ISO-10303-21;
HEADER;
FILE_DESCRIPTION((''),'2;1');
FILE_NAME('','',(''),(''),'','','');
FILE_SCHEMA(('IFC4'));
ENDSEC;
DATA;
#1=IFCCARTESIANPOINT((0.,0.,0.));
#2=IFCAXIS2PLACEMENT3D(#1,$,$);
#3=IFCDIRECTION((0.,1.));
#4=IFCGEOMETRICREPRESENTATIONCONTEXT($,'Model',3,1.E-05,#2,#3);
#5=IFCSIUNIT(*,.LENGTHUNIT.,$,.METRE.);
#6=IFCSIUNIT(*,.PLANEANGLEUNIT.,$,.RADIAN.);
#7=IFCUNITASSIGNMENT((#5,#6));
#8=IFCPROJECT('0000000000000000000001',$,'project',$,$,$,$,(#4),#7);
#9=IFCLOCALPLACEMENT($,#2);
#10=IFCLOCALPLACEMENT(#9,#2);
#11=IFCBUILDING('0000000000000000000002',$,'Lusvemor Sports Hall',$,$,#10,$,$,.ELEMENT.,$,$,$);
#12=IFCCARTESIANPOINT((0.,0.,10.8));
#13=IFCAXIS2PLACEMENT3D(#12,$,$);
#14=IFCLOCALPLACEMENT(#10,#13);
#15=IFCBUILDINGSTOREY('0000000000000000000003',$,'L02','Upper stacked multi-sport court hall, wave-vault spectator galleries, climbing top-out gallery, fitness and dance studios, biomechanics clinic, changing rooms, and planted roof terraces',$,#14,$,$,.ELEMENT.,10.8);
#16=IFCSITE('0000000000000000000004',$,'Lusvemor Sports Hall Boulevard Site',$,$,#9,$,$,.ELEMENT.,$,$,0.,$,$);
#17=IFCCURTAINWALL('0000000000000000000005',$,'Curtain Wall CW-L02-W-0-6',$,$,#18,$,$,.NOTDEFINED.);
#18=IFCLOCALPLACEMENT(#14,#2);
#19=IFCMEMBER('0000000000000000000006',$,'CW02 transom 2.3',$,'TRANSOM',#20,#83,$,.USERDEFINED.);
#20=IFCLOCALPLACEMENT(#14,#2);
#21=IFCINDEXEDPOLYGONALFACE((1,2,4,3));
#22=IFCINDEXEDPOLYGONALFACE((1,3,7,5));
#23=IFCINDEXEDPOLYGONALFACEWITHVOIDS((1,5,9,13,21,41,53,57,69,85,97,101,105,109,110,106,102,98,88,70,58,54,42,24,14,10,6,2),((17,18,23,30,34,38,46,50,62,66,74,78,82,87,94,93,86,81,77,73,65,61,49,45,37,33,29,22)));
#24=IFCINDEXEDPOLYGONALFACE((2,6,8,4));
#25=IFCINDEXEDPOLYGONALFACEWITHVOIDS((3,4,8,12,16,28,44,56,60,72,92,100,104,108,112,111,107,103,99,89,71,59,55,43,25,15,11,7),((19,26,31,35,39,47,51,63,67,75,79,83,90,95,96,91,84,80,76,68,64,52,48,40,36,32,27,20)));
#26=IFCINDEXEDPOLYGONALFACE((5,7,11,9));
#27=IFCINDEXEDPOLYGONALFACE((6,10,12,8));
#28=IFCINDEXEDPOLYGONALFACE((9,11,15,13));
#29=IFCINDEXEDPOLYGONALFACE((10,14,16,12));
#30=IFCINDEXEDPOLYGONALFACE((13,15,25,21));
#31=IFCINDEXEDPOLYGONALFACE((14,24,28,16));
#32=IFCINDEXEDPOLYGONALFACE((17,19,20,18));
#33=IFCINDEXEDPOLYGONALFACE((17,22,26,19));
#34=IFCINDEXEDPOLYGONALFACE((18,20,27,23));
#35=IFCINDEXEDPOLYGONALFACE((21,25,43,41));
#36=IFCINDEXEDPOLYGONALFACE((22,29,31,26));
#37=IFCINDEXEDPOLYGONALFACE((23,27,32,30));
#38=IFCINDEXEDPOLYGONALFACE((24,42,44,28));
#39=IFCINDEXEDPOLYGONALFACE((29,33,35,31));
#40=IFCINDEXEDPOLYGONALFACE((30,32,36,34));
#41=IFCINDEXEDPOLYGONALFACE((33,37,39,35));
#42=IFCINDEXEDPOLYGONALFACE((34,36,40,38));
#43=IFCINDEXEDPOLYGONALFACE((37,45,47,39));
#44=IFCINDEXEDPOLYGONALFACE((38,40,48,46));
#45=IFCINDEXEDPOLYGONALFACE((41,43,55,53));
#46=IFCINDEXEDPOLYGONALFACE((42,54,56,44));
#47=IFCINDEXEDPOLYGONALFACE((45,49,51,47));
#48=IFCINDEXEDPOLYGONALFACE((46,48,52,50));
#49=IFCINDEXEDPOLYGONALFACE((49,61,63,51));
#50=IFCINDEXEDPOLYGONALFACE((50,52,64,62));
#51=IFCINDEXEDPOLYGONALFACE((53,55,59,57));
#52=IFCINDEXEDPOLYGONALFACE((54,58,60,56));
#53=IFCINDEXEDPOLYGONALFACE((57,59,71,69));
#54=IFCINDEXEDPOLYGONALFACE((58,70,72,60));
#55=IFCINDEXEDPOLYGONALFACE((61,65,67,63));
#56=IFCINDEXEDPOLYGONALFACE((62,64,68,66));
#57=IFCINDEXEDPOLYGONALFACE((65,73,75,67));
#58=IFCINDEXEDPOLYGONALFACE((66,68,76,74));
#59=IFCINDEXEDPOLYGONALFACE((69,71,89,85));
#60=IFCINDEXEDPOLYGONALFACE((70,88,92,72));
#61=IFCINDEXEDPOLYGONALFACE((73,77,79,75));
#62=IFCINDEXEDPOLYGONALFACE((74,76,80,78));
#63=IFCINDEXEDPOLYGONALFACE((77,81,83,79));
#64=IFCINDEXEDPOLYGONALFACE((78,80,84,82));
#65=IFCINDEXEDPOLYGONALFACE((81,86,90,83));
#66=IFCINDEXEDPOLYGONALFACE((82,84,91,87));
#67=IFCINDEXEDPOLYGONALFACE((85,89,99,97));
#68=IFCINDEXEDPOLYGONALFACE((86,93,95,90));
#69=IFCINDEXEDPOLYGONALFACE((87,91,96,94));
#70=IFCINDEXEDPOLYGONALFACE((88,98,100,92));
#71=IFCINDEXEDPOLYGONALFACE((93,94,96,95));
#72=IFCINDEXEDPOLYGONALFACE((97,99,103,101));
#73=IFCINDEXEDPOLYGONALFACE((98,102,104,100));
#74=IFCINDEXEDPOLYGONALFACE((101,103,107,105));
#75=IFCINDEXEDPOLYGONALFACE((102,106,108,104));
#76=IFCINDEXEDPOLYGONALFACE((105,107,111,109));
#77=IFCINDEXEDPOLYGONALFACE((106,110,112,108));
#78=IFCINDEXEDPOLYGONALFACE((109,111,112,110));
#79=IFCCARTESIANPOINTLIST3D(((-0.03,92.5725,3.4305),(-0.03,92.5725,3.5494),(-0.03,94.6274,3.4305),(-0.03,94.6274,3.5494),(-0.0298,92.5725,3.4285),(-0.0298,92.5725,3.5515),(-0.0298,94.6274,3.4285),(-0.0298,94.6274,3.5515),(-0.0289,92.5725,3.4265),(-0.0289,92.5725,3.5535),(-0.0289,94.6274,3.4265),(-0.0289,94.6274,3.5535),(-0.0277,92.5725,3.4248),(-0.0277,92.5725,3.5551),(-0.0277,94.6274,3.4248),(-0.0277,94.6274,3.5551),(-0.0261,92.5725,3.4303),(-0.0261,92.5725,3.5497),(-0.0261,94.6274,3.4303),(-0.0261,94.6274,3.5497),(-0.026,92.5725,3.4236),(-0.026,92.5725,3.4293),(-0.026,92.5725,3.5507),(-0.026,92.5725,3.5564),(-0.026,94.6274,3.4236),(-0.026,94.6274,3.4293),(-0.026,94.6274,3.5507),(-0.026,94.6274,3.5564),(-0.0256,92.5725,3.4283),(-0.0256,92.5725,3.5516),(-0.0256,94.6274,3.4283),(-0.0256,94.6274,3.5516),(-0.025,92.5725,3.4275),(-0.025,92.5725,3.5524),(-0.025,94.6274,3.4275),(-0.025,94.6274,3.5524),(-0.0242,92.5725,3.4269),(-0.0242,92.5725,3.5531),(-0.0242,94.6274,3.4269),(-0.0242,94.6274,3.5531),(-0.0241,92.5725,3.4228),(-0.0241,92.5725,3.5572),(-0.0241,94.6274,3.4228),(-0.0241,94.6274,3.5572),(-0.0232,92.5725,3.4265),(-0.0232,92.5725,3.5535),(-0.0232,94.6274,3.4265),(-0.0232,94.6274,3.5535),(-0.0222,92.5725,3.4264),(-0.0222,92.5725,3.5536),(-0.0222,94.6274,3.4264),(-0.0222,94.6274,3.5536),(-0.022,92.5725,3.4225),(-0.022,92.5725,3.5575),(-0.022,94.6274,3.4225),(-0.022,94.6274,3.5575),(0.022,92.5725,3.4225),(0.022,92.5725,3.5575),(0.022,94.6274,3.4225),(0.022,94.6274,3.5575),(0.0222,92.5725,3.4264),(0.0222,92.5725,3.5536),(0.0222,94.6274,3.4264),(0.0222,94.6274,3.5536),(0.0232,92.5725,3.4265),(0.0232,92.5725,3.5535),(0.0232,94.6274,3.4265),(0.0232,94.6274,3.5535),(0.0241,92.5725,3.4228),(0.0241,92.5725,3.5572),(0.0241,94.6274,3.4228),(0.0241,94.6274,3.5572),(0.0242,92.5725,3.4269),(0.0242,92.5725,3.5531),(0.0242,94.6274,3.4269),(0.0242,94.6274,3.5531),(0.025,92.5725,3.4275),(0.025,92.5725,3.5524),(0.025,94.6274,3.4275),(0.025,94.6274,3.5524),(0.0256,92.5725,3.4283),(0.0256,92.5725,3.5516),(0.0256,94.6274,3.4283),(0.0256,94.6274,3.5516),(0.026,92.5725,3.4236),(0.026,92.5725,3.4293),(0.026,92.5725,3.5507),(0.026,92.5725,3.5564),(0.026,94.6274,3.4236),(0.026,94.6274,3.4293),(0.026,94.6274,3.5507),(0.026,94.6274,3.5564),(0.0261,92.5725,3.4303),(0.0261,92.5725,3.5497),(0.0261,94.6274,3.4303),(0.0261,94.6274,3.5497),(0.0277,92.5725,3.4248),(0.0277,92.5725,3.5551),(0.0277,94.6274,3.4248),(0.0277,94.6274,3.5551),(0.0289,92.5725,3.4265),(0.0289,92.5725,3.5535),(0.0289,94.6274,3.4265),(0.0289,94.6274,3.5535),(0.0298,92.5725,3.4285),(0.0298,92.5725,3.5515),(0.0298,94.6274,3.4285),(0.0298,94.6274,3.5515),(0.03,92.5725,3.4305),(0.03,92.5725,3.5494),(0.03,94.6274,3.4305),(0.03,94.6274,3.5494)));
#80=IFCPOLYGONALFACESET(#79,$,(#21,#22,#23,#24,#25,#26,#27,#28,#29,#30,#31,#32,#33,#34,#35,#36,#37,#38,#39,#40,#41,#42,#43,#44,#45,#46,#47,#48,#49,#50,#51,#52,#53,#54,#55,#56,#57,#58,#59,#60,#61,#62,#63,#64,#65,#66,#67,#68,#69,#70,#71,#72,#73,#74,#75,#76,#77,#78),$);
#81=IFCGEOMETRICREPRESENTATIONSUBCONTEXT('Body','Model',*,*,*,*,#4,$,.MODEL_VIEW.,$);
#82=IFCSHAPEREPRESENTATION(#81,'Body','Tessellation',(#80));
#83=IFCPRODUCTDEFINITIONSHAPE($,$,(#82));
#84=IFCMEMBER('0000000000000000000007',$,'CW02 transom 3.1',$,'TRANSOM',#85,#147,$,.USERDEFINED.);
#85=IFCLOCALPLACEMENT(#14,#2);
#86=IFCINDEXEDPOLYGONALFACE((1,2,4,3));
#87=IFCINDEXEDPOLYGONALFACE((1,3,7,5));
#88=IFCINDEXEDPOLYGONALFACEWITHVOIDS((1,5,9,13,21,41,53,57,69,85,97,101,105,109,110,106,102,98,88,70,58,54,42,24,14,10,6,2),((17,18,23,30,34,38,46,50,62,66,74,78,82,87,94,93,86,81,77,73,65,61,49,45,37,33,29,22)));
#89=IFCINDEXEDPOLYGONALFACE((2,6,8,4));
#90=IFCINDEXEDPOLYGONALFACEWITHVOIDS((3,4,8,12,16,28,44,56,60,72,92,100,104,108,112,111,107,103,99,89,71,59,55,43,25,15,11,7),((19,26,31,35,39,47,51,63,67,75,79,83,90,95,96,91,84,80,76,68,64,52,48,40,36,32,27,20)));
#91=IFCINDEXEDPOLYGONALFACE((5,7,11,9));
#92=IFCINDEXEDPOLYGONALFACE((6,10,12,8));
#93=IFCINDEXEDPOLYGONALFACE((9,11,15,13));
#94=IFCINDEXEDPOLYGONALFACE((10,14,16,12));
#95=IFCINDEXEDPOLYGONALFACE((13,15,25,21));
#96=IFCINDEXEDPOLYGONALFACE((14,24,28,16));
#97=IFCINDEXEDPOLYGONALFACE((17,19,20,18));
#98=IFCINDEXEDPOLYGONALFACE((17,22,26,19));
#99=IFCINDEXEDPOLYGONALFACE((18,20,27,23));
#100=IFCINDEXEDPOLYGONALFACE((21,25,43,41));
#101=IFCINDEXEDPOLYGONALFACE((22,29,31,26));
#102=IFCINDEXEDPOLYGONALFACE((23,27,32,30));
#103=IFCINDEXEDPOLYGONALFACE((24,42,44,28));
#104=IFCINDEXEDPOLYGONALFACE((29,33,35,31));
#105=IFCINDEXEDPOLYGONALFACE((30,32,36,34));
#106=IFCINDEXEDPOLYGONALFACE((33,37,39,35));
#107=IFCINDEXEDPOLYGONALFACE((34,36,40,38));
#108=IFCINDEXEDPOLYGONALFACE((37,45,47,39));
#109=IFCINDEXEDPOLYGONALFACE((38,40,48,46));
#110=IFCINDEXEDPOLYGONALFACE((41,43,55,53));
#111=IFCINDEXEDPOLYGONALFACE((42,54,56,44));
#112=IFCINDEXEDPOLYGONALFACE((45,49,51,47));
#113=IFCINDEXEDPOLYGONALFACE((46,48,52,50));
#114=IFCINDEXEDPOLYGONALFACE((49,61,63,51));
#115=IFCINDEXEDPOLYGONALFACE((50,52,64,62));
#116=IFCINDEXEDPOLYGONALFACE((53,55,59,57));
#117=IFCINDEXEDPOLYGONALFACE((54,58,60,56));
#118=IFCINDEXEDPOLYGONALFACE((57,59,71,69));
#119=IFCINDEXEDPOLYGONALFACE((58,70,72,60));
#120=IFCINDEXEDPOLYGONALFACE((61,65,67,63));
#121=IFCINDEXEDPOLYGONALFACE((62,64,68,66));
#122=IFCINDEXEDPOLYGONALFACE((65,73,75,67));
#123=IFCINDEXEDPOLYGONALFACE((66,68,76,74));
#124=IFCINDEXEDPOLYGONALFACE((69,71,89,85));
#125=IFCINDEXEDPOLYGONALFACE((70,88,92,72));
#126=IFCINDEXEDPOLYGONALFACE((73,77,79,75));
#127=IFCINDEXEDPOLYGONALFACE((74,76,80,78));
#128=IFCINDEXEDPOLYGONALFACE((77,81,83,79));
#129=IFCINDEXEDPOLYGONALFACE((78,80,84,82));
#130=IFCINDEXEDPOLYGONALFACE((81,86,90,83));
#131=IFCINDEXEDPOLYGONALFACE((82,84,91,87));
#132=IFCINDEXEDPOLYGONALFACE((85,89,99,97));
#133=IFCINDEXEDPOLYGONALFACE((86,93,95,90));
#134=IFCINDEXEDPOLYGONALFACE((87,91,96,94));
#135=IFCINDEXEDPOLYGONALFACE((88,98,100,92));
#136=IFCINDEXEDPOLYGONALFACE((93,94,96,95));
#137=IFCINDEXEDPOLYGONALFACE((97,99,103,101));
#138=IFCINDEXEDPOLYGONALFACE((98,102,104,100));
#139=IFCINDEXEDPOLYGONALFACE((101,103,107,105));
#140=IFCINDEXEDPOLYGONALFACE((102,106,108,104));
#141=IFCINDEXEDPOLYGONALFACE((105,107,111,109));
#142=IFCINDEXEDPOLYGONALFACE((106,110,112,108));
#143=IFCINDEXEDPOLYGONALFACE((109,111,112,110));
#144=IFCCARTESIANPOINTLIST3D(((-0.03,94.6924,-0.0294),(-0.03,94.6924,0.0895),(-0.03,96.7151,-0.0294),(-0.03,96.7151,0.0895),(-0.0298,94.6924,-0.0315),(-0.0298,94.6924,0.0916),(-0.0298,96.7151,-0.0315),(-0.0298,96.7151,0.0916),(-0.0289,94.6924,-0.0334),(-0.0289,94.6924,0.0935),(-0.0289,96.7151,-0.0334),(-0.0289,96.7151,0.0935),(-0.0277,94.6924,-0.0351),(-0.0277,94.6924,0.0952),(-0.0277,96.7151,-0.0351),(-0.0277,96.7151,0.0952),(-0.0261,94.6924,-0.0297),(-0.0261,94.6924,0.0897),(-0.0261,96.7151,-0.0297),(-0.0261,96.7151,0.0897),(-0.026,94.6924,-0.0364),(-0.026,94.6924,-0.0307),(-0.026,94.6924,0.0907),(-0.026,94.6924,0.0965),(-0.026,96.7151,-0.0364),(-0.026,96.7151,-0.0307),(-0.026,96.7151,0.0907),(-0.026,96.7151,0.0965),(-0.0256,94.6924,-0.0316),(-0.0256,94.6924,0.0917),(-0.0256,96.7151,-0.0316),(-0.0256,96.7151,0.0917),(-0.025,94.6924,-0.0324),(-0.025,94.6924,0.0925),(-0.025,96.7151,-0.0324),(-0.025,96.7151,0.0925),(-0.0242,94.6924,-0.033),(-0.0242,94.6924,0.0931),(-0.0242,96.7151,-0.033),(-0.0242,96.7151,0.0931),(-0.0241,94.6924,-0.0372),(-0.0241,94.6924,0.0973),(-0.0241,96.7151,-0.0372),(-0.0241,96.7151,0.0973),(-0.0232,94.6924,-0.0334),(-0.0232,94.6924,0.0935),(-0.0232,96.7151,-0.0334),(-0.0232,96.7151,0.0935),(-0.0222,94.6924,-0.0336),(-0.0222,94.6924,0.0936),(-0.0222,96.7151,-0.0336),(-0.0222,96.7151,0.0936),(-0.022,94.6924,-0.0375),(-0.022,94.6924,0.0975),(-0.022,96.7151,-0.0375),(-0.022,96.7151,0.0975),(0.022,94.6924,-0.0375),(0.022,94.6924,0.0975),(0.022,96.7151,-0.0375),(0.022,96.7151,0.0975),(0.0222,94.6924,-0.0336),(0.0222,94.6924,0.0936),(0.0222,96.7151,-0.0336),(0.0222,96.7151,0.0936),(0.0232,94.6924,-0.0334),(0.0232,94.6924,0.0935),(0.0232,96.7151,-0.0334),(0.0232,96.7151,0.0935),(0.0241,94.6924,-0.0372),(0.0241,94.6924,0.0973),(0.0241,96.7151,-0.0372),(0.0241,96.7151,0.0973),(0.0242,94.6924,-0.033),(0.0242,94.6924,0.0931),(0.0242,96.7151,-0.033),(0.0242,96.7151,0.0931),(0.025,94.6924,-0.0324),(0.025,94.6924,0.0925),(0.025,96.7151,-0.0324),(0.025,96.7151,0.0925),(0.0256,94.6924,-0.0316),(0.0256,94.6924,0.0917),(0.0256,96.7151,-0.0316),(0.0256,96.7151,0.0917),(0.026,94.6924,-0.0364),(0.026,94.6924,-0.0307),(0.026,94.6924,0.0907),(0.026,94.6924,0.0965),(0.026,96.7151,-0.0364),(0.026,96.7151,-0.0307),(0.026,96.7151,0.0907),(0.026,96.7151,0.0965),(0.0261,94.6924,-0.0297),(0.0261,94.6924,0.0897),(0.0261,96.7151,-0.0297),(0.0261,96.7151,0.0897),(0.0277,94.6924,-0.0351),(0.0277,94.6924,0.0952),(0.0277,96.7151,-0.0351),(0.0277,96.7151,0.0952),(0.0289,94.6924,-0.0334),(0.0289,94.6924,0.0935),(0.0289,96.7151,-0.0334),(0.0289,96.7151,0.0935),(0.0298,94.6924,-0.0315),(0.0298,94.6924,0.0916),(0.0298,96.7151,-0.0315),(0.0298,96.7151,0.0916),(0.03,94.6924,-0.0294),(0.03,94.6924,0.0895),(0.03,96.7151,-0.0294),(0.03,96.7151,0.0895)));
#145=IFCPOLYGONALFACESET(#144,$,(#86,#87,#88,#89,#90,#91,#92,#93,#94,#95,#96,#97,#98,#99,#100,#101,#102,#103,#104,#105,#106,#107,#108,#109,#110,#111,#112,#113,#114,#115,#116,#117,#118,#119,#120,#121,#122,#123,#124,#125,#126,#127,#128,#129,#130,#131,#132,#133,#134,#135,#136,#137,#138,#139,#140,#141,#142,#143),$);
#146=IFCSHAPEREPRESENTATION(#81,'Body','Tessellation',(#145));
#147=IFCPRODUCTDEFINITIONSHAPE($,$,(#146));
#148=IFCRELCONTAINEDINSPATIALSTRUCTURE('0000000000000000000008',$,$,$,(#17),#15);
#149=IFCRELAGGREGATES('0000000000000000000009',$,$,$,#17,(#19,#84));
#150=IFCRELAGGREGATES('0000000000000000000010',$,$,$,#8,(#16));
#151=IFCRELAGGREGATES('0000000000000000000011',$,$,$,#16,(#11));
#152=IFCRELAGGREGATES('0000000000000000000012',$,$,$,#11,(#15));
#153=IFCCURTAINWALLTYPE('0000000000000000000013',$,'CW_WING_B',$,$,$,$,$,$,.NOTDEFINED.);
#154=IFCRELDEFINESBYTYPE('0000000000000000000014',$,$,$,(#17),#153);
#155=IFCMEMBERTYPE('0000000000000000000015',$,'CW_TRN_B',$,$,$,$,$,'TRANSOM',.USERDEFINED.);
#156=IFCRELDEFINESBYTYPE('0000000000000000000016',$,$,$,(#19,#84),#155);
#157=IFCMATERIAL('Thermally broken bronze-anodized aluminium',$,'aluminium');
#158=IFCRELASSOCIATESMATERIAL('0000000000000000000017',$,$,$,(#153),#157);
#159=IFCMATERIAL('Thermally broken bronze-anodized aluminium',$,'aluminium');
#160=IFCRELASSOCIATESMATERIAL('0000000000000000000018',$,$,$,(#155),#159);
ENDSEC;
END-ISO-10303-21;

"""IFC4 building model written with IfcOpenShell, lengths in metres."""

from ifc_helpers import new_model, si_unit, direction, frame, origin, origin_2d, place, context, subcontext, project, spatial, hollow_rectangle, extrude, material, material_profile, profile_set, type_object, element, aggregate, save


model = new_model("IFC4")

# Units and contexts
model_context = context("Model", 3, precision=1e-05, world=origin(), true_north=direction((0.0, 1.0)))
body_context = subcontext(model_context, "Body", "Model", "MODEL_VIEW")
ifc_project = project(units=[si_unit("LENGTHUNIT", "METRE"), si_unit("PLANEANGLEUNIT", "RADIAN")], contexts=[model_context])

# Site, building, storey
site_placement = place(None, origin())
site = spatial("IfcSite", under=ifc_project, at=site_placement, Name="Lusvemor Sports Hall Boulevard Site", CompositionType="ELEMENT", RefElevation=0.0)
building_placement = place(site_placement, origin())
building = spatial("IfcBuilding", under=site, at=building_placement, Name="Lusvemor Sports Hall", CompositionType="ELEMENT")
storey_placement = place(building_placement, frame((0.0, 0.0, 10.8)))
storey = spatial("IfcBuildingStorey", under=building, at=storey_placement, Name="L02", Description="Upper stacked multi-sport court hall, wave-vault spectator galleries, climbing top-out gallery, fitness and dance studios, biomechanics clinic, changing rooms, and planted roof terraces", CompositionType="ELEMENT", Elevation=10.8)

# Curtain wall, members
ifc_material_1 = material(Name="Thermally broken bronze-anodized aluminium", Category="aluminium")
curtain_wall_type = type_object("IfcCurtainWallType", Name="CW_WING_B", PredefinedType="NOTDEFINED", material=ifc_material_1)
curtain_wall_placement = place(storey_placement, origin())
curtain_wall = element("IfcCurtainWall", 1, at=curtain_wall_placement, inside=storey, type_object=curtain_wall_type, Name="Curtain Wall CW-L02-W-0-6", PredefinedType="NOTDEFINED")
ifc_material_2 = material(Name="Thermally broken bronze-anodized aluminium", Category="aluminium")
ifc_material_profile_1 = material_profile(ifc_material_2, hollow_rectangle(XDim=0.0601, YDim=0.135, WallThickness=0.0039, InnerFilletRadius=0.0039, OuterFilletRadius=0.0081, at=origin_2d()), Name="CWTRN135x60x4")
ifc_profile_set_1 = profile_set([ifc_material_profile_1], Name="Thermally broken bronze-anodized aluminium")
member_type_1 = type_object("IfcMemberType", Name="CW_TRN_B", ElementType="TRANSOM", PredefinedType="USERDEFINED", material=ifc_profile_set_1)
member_1_placement = place(storey_placement, frame((0.0, 92.5725, 3.49), z_axis=(0.0, 1.0, 0.0), x_axis=(-1.0, 0.0, 0.0)))
member_1 = element("IfcMember", 2, at=member_1_placement, type_object=member_type_1, Name="CW02 transom 2.3", ObjectType="TRANSOM", PredefinedType="USERDEFINED", context=body_context, shape_type="SweptSolid", body=[
    extrude(hollow_rectangle(XDim=0.0601, YDim=0.135, WallThickness=0.0039, InnerFilletRadius=0.0039, OuterFilletRadius=0.0081, at=origin_2d()), origin(), (0.0, 0.0, 1.0), 2.0549),
])
member_2_placement = place(storey_placement, frame((0.0, 94.6924, 0.03), z_axis=(0.0, 1.0, 0.0), x_axis=(-1.0, 0.0, 0.0)))
member_2 = element("IfcMember", 3, at=member_2_placement, type_object=member_type_1, Name="CW02 transom 3.1", ObjectType="TRANSOM", PredefinedType="USERDEFINED", context=body_context, shape_type="SweptSolid", body=[
    extrude(hollow_rectangle(XDim=0.0601, YDim=0.135, WallThickness=0.0039, InnerFilletRadius=0.0039, OuterFilletRadius=0.0081, at=origin_2d()), origin(), (0.0, 0.0, 1.0), 2.0227),
])

aggregate(curtain_wall, [member_1, member_2])

save(model, "model.ifc")
